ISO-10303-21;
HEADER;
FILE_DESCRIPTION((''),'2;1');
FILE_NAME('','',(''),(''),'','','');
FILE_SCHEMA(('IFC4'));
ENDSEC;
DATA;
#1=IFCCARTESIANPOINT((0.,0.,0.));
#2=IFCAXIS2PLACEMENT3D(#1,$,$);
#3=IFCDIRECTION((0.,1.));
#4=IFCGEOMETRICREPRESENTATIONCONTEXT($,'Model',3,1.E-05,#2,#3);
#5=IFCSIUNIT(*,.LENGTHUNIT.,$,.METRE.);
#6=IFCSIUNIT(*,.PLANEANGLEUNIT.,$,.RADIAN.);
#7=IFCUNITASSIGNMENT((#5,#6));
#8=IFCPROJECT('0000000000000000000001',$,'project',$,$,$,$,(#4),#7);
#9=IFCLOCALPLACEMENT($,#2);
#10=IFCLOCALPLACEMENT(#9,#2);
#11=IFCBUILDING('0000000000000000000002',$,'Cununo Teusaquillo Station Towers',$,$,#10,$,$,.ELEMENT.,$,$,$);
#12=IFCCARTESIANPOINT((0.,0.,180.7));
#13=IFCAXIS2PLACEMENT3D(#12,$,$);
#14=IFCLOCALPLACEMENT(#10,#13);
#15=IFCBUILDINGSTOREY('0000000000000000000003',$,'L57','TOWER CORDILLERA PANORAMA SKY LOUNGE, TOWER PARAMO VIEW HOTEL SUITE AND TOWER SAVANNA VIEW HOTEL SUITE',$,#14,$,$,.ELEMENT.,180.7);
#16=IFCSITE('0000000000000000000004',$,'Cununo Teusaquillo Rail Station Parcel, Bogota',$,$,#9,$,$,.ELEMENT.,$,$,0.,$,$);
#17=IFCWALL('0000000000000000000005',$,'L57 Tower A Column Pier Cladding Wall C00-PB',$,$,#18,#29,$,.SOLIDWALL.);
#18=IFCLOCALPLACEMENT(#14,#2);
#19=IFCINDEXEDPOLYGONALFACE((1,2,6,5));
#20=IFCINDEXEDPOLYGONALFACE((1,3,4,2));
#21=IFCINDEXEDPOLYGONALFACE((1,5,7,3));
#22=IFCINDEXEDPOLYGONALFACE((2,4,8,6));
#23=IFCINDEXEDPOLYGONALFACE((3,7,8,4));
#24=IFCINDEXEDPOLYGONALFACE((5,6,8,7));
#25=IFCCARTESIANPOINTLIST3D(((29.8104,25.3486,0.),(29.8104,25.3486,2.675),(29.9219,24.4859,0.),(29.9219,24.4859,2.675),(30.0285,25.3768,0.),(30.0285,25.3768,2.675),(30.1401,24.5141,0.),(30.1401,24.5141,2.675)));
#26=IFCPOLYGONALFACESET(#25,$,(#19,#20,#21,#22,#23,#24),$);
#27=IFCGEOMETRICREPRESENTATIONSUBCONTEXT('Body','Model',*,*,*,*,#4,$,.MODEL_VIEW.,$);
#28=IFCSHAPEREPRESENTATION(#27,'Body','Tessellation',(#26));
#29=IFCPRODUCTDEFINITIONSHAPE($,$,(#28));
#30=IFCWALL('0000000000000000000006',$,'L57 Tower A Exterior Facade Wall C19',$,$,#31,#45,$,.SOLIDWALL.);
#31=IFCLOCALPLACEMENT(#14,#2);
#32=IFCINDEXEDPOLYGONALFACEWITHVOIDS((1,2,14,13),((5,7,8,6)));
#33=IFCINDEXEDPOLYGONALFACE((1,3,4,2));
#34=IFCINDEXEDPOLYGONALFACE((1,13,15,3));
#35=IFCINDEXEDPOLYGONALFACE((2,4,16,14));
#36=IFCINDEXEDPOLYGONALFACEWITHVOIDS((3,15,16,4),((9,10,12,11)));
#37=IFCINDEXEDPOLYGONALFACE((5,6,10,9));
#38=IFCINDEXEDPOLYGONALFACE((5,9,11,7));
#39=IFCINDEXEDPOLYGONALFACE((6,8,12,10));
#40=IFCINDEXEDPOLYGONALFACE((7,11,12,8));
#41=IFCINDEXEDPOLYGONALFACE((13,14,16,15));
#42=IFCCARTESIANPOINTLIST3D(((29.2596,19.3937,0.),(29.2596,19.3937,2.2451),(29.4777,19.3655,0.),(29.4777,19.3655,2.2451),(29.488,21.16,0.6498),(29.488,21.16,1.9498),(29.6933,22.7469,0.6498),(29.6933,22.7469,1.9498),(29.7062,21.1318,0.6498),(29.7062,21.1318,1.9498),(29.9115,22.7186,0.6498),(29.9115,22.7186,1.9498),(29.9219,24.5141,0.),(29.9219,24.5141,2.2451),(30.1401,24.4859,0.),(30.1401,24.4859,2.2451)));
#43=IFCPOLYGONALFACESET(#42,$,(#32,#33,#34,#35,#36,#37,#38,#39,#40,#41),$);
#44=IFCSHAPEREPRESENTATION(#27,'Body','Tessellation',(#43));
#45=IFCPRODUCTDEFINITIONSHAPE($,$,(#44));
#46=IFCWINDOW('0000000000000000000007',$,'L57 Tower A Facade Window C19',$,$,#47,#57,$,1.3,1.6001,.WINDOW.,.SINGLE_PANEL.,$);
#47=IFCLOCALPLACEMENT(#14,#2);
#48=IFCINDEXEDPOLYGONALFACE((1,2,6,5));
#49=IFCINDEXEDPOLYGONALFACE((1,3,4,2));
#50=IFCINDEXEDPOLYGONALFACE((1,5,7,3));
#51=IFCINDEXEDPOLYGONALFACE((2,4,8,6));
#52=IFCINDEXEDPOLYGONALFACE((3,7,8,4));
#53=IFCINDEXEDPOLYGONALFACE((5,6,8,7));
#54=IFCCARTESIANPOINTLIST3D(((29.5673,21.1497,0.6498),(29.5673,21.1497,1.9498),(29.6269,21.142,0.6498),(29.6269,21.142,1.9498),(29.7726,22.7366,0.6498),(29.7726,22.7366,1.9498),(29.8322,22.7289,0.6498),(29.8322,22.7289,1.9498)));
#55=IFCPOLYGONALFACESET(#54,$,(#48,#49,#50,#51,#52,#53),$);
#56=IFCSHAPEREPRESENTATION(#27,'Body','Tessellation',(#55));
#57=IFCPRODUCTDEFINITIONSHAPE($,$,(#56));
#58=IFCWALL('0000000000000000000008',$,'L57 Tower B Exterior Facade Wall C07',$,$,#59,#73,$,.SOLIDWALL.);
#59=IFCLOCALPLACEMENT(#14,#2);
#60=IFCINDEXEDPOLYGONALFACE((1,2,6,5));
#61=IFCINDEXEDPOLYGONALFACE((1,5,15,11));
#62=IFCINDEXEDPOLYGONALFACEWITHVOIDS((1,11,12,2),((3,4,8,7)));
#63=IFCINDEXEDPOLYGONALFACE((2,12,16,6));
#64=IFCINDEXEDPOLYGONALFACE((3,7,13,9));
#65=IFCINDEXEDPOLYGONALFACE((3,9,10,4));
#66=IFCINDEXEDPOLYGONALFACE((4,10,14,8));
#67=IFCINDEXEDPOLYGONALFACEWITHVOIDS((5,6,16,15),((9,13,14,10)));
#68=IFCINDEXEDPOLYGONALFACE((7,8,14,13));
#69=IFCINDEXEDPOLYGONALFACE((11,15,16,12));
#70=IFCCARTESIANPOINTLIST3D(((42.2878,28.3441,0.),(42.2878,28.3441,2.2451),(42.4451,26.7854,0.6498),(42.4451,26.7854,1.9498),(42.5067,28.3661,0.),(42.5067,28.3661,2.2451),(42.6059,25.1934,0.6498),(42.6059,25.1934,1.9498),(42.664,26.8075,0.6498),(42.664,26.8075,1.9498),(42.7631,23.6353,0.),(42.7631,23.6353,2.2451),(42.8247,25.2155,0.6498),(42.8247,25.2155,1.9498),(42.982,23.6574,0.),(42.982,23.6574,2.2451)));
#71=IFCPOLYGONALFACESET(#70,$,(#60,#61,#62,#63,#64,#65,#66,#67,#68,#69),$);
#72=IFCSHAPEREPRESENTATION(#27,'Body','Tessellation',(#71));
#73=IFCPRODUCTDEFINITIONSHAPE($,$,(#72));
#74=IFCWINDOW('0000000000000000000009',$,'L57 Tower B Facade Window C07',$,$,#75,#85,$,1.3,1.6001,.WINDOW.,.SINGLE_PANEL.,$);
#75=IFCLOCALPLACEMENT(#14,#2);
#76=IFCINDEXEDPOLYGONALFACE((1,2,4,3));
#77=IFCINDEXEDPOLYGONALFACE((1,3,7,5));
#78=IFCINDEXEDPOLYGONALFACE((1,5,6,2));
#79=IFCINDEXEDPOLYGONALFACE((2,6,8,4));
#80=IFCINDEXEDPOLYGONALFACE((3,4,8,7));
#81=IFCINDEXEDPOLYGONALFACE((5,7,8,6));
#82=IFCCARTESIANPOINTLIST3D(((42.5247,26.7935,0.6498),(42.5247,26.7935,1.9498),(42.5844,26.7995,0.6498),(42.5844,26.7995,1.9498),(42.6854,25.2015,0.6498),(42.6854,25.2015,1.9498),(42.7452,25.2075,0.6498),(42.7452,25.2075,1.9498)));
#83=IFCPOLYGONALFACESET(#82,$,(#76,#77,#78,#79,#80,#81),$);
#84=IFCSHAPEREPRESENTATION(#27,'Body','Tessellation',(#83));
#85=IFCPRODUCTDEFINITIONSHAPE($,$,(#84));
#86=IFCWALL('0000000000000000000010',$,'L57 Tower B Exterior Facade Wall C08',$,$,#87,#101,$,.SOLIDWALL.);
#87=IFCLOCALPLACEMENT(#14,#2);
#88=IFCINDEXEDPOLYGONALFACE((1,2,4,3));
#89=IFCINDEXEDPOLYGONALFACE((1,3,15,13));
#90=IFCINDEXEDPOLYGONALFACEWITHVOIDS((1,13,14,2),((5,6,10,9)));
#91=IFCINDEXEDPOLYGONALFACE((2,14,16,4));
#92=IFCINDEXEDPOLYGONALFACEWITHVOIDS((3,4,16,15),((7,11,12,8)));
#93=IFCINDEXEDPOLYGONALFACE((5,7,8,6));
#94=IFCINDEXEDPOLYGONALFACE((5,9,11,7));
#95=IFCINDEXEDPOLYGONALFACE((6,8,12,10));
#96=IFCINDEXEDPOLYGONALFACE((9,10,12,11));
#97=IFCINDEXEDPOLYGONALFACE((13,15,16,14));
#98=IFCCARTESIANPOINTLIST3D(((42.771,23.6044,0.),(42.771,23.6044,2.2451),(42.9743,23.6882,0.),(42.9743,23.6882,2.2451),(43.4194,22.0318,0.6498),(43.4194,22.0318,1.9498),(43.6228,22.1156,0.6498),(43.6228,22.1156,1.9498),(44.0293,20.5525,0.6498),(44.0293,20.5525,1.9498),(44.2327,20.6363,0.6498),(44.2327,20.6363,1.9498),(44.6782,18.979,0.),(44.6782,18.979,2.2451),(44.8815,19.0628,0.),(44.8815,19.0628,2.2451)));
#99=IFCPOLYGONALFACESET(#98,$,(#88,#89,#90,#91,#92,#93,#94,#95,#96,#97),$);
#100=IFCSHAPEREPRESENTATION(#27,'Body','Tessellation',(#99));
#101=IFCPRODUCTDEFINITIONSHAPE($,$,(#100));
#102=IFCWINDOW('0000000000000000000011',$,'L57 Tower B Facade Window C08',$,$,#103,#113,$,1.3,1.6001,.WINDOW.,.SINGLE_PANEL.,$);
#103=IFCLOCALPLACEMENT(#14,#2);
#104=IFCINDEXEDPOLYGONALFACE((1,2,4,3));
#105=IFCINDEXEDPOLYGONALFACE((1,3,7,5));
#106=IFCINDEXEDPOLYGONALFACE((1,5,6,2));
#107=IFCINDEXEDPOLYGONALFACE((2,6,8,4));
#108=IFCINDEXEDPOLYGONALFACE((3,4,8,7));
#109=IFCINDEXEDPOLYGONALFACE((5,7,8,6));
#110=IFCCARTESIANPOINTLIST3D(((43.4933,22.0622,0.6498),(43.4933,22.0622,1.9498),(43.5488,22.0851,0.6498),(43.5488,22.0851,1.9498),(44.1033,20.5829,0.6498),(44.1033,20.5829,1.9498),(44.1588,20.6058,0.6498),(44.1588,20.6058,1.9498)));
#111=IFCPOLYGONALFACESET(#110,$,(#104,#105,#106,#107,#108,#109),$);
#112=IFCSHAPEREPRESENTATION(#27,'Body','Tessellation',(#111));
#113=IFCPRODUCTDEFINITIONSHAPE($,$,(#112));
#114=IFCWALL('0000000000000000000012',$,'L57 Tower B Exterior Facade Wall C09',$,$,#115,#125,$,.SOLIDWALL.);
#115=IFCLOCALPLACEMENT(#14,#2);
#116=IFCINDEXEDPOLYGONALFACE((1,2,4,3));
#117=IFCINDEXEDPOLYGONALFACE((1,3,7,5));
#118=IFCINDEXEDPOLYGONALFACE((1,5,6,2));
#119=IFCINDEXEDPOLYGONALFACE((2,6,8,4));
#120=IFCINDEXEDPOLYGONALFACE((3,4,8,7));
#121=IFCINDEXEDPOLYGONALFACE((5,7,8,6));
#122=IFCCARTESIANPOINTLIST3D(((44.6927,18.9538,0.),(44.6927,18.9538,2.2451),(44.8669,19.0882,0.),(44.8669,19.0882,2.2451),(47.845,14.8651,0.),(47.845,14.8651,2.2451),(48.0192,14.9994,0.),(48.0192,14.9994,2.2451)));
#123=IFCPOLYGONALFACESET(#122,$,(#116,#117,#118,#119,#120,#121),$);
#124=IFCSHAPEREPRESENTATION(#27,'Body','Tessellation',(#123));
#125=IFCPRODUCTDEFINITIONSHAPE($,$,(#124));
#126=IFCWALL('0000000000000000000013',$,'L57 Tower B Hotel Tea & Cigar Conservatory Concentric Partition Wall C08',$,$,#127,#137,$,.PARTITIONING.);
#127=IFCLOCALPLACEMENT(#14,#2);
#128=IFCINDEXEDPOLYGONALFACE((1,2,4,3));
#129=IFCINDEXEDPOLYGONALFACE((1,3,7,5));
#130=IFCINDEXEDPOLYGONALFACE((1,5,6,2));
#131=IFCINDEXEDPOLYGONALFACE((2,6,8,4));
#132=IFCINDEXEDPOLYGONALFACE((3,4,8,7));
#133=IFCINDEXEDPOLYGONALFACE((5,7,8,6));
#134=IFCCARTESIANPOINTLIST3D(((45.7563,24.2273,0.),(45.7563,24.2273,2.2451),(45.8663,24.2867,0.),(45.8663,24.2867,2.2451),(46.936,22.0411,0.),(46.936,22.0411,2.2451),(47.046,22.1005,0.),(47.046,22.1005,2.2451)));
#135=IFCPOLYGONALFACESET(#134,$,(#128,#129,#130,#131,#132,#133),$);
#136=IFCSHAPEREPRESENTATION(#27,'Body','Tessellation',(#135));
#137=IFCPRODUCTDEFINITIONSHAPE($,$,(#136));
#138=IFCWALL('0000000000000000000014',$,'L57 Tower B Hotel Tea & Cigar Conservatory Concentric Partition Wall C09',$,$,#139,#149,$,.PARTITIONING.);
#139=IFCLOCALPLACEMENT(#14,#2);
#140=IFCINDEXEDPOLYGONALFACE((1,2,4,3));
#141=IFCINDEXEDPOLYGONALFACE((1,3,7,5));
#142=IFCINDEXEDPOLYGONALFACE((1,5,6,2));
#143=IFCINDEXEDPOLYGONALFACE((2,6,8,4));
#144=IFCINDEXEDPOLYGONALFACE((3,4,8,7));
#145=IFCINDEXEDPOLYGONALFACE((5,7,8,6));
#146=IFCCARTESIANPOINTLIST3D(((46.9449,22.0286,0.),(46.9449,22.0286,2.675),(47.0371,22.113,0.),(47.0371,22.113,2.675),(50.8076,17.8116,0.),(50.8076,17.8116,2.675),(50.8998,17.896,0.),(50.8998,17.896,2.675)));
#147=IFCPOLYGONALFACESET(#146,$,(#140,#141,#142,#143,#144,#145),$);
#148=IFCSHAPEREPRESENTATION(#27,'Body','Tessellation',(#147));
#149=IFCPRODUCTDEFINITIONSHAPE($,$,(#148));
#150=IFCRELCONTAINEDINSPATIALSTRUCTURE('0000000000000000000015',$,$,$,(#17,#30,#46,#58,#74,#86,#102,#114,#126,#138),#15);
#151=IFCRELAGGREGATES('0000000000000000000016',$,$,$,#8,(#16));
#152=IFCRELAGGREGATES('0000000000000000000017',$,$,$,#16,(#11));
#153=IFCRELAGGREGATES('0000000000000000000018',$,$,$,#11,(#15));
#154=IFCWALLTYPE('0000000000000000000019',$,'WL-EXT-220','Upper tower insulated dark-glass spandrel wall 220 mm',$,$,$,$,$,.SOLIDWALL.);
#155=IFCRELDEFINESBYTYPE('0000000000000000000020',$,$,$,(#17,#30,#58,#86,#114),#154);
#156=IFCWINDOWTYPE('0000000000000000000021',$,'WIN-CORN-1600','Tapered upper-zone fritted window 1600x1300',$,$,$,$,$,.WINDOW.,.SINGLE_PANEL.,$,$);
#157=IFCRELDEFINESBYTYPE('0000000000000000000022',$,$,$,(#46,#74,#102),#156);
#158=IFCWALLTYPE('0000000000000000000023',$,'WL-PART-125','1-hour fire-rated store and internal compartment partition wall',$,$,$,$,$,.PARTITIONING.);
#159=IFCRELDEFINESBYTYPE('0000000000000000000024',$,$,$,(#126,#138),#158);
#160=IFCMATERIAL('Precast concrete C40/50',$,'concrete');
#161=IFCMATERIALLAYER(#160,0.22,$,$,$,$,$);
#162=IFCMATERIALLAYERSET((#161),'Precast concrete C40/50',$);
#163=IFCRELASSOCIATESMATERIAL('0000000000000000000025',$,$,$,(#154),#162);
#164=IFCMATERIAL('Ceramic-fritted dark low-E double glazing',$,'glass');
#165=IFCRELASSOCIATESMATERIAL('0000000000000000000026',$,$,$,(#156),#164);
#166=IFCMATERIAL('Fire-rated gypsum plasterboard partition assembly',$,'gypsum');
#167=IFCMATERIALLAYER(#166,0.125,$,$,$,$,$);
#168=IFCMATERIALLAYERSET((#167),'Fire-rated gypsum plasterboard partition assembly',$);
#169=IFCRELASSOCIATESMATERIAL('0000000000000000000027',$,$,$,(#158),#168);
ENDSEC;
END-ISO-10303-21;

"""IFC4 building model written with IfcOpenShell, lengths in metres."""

from ifc_helpers import new_model, si_unit, direction, frame, frame_2d, origin, place, context, subcontext, project, spatial, rectangle, extrude, source, transform, mapped, material, layer, layer_set, type_object, element, fill, save


model = new_model("IFC4")

# Units and contexts
model_context = context("Model", 3, precision=1e-05, world=origin(), true_north=direction((0.0, 1.0)))
body_context = subcontext(model_context, "Body", "Model", "MODEL_VIEW")
ifc_project = project(units=[si_unit("LENGTHUNIT", "METRE"), si_unit("PLANEANGLEUNIT", "RADIAN")], contexts=[model_context])

# Site, building, storey
site_placement = place(None, origin())
site = spatial("IfcSite", under=ifc_project, at=site_placement, Name="Cununo Teusaquillo Rail Station Parcel, Bogota", CompositionType="ELEMENT", RefElevation=0.0)
building_placement = place(site_placement, origin())
building = spatial("IfcBuilding", under=site, at=building_placement, Name="Cununo Teusaquillo Station Towers", CompositionType="ELEMENT")
storey_placement = place(building_placement, frame((0.0, 0.0, 180.7)))
storey = spatial("IfcBuildingStorey", under=building, at=storey_placement, Name="L57", Description="TOWER CORDILLERA PANORAMA SKY LOUNGE, TOWER PARAMO VIEW HOTEL SUITE AND TOWER SAVANNA VIEW HOTEL SUITE", CompositionType="ELEMENT", Elevation=180.7)

# Wall
ifc_material_1 = material(Name="Precast concrete C40/50", Category="concrete")
ifc_layer_1 = layer(ifc_material_1, 0.22)
ifc_layer_set_1 = layer_set([ifc_layer_1], Name="Precast concrete C40/50")
wall_type_1 = type_object("IfcWallType", Name="WL-EXT-220", Description="Upper tower insulated dark-glass spandrel wall 220 mm", PredefinedType="SOLIDWALL", material=ifc_layer_set_1)
wall_1_placement = place(storey_placement, frame((29.9194, 25.3628, 0.0), z_axis=(0.0, 0.0, 1.0), x_axis=(0.128247, -0.991742, 0.0)))
element("IfcWall", 1, at=wall_1_placement, inside=storey, type_object=wall_type_1, Name="L57 Tower A Column Pier Cladding Wall C00-PB", PredefinedType="SOLIDWALL", context=body_context, shape_type="SweptSolid", body=[
    extrude(rectangle(XDim=0.8699, YDim=0.22, at=frame_2d((0.4351, 0.0))), origin(), (0.0, 0.0, 1.0), 2.675),
])

# Walls, openings, windows
wall_2_placement = place(storey_placement, frame((30.031, 24.5, 0.0), z_axis=(0.0, 0.0, 1.0), x_axis=(-0.128288, -0.991737, 0.0)))
wall_2 = element("IfcWall", 2, at=wall_2_placement, inside=storey, type_object=wall_type_1, Name="L57 Tower A Exterior Facade Wall C19", PredefinedType="SOLIDWALL", context=body_context, shape_type="SweptSolid", body=[
    extrude(rectangle(XDim=5.1631, YDim=0.22, at=frame_2d((2.5815, 0.0))), origin(), (0.0, 0.0, 1.0), 2.2451),
])
shared_shape_1 = source(origin(), body_context, "Body", "SweptSolid", [
    extrude(rectangle(XDim=1.6001, YDim=1.3, at=frame_2d((0.8, 0.6499))), frame((0.0, 0.1199, 0.0), z_axis=(0.0, -1.0, 0.0), x_axis=(1.0, 0.0, 0.0)), (0.0, 0.0, 1.0), 0.24),
])
opening_1_placement = place(wall_2_placement, frame((1.782, 0.0, 0.6499)))
opening_1 = element("IfcOpeningElement", 3, at=opening_1_placement, cuts=wall_2, PredefinedType="OPENING", context=body_context, shape_type="MappedRepresentation", body=[
    mapped(shared_shape_1, transform((0.0, 0.0, 0.0), x_axis=(1.0, 0.0, 0.0), y_axis=(0.0, 1.0, 0.0), z_axis=(0.0, 0.0, 1.0), scale=1.0)),
])
ifc_material_2 = material(Name="Ceramic-fritted dark low-E double glazing", Category="glass")
window_type = type_object("IfcWindowType", Name="WIN-CORN-1600", Description="Tapered upper-zone fritted window 1600x1300", PartitioningType="SINGLE_PANEL", PredefinedType="WINDOW", material=ifc_material_2)
shared_shape_2 = source(origin(), body_context, "Body", "SweptSolid", [
    extrude(rectangle(XDim=1.6001, YDim=1.3, at=frame_2d((0.8, 0.6499))), frame((0.0, 0.03, 0.0), z_axis=(0.0, -1.0, 0.0), x_axis=(1.0, 0.0, 0.0)), (0.0, 0.0, 1.0), 0.0601),
])
window_1_placement = place(opening_1_placement, origin())
window_1 = element("IfcWindow", 4, at=window_1_placement, inside=storey, type_object=window_type, Name="L57 Tower A Facade Window C19", OverallHeight=1.3, OverallWidth=1.6001, PartitioningType="SINGLE_PANEL", PredefinedType="WINDOW", context=body_context, shape_type="MappedRepresentation", body=[
    mapped(shared_shape_2, transform((0.0, 0.0, 0.0), x_axis=(1.0, 0.0, 0.0), y_axis=(0.0, 1.0, 0.0), z_axis=(0.0, 0.0, 1.0), scale=1.0)),
])
fill(opening_1, window_1)
wall_3_placement = place(storey_placement, frame((42.8726, 23.6465, 0.0), z_axis=(0.0, 0.0, 1.0), x_axis=(-0.100438, 0.994943, 0.0)))
wall_3 = element("IfcWall", 5, at=wall_3_placement, inside=storey, type_object=wall_type_1, Name="L57 Tower B Exterior Facade Wall C07", PredefinedType="SOLIDWALL", context=body_context, shape_type="SweptSolid", body=[
    extrude(rectangle(XDim=4.7327, YDim=0.22, at=frame_2d((2.3662, 0.0))), origin(), (0.0, 0.0, 1.0), 2.2451),
])
opening_2_placement = place(wall_3_placement, frame((1.5659, 0.0, 0.6499)))
opening_2 = element("IfcOpeningElement", 6, at=opening_2_placement, cuts=wall_3, PredefinedType="OPENING", context=body_context, shape_type="MappedRepresentation", body=[
    mapped(shared_shape_1, transform((0.0, 0.0, 0.0), x_axis=(1.0, 0.0, 0.0), y_axis=(0.0, 1.0, 0.0), z_axis=(0.0, 0.0, 1.0), scale=1.0)),
])
window_2_placement = place(opening_2_placement, origin())
window_2 = element("IfcWindow", 7, at=window_2_placement, inside=storey, type_object=window_type, Name="L57 Tower B Facade Window C07", OverallHeight=1.3, OverallWidth=1.6001, PartitioningType="SINGLE_PANEL", PredefinedType="WINDOW", context=body_context, shape_type="MappedRepresentation", body=[
    mapped(shared_shape_2, transform((0.0, 0.0, 0.0), x_axis=(1.0, 0.0, 0.0), y_axis=(0.0, 1.0, 0.0), z_axis=(0.0, 0.0, 1.0), scale=1.0)),
])
fill(opening_2, window_2)
wall_4_placement = place(storey_placement, frame((44.7798, 19.021, 0.0), z_axis=(0.0, 0.0, 1.0), x_axis=(-0.381196, 0.924494, 0.0)))
wall_4 = element("IfcWall", 8, at=wall_4_placement, inside=storey, type_object=wall_type_1, Name="L57 Tower B Exterior Facade Wall C08", PredefinedType="SOLIDWALL", context=body_context, shape_type="SweptSolid", body=[
    extrude(rectangle(XDim=5.0032, YDim=0.22, at=frame_2d((2.5015, 0.0))), origin(), (0.0, 0.0, 1.0), 2.2451),
])
opening_3_placement = place(wall_4_placement, frame((1.7019, 0.0, 0.6499)))
opening_3 = element("IfcOpeningElement", 9, at=opening_3_placement, cuts=wall_4, PredefinedType="OPENING", context=body_context, shape_type="MappedRepresentation", body=[
    mapped(shared_shape_1, transform((0.0, 0.0, 0.0), x_axis=(1.0, 0.0, 0.0), y_axis=(0.0, 1.0, 0.0), z_axis=(0.0, 0.0, 1.0), scale=1.0)),
])
window_3_placement = place(opening_3_placement, origin())
window_3 = element("IfcWindow", 10, at=window_3_placement, inside=storey, type_object=window_type, Name="L57 Tower B Facade Window C08", OverallHeight=1.3, OverallWidth=1.6001, PartitioningType="SINGLE_PANEL", PredefinedType="WINDOW", context=body_context, shape_type="MappedRepresentation", body=[
    mapped(shared_shape_2, transform((0.0, 0.0, 0.0), x_axis=(1.0, 0.0, 0.0), y_axis=(0.0, 1.0, 0.0), z_axis=(0.0, 0.0, 1.0), scale=1.0)),
])
fill(opening_3, window_3)

# Walls
wall_5_placement = place(storey_placement, frame((47.9321, 14.9321, 0.0), z_axis=(0.0, 0.0, 1.0), x_axis=(-0.61057, 0.791963, 0.0)))
element("IfcWall", 11, at=wall_5_placement, inside=storey, type_object=wall_type_1, Name="L57 Tower B Exterior Facade Wall C09", PredefinedType="SOLIDWALL", context=body_context, shape_type="SweptSolid", body=[
    extrude(rectangle(XDim=5.1628, YDim=0.22, at=frame_2d((2.5815, 0.0))), origin(), (0.0, 0.0, 1.0), 2.2451),
])
ifc_material_3 = material(Name="Fire-rated gypsum plasterboard partition assembly", Category="gypsum")
ifc_layer_2 = layer(ifc_material_3, 0.125)
ifc_layer_set_2 = layer_set([ifc_layer_2], Name="Fire-rated gypsum plasterboard partition assembly")
wall_type_2 = type_object("IfcWallType", Name="WL-PART-125", Description="1-hour fire-rated store and internal compartment partition wall", PredefinedType="PARTITIONING", material=ifc_layer_set_2)
wall_6_placement = place(storey_placement, frame((45.8113, 24.2571, 0.0), z_axis=(0.0, 0.0, 1.0), x_axis=(0.474867, -0.880057, 0.0)))
element("IfcWall", 12, at=wall_6_placement, inside=storey, type_object=wall_type_2, Name="L57 Tower B Hotel Tea & Cigar Conservatory Concentric Partition Wall C08", PredefinedType="PARTITIONING", context=body_context, shape_type="SweptSolid", body=[
    extrude(rectangle(XDim=2.4841, YDim=0.125, at=frame_2d((1.2422, 0.0))), origin(), (0.0, 0.0, 1.0), 2.2451),
])
wall_7_placement = place(storey_placement, frame((46.991, 22.0708, 0.0), z_axis=(0.0, 0.0, 1.0), x_axis=(0.675456, -0.7374, 0.0)))
element("IfcWall", 13, at=wall_7_placement, inside=storey, type_object=wall_type_2, Name="L57 Tower B Hotel Tea & Cigar Conservatory Concentric Partition Wall C09", PredefinedType="PARTITIONING", context=body_context, shape_type="SweptSolid", body=[
    extrude(rectangle(XDim=5.7188, YDim=0.125, at=frame_2d((2.8594, 0.0))), origin(), (0.0, 0.0, 1.0), 2.675),
])

save(model, "model.ifc")
